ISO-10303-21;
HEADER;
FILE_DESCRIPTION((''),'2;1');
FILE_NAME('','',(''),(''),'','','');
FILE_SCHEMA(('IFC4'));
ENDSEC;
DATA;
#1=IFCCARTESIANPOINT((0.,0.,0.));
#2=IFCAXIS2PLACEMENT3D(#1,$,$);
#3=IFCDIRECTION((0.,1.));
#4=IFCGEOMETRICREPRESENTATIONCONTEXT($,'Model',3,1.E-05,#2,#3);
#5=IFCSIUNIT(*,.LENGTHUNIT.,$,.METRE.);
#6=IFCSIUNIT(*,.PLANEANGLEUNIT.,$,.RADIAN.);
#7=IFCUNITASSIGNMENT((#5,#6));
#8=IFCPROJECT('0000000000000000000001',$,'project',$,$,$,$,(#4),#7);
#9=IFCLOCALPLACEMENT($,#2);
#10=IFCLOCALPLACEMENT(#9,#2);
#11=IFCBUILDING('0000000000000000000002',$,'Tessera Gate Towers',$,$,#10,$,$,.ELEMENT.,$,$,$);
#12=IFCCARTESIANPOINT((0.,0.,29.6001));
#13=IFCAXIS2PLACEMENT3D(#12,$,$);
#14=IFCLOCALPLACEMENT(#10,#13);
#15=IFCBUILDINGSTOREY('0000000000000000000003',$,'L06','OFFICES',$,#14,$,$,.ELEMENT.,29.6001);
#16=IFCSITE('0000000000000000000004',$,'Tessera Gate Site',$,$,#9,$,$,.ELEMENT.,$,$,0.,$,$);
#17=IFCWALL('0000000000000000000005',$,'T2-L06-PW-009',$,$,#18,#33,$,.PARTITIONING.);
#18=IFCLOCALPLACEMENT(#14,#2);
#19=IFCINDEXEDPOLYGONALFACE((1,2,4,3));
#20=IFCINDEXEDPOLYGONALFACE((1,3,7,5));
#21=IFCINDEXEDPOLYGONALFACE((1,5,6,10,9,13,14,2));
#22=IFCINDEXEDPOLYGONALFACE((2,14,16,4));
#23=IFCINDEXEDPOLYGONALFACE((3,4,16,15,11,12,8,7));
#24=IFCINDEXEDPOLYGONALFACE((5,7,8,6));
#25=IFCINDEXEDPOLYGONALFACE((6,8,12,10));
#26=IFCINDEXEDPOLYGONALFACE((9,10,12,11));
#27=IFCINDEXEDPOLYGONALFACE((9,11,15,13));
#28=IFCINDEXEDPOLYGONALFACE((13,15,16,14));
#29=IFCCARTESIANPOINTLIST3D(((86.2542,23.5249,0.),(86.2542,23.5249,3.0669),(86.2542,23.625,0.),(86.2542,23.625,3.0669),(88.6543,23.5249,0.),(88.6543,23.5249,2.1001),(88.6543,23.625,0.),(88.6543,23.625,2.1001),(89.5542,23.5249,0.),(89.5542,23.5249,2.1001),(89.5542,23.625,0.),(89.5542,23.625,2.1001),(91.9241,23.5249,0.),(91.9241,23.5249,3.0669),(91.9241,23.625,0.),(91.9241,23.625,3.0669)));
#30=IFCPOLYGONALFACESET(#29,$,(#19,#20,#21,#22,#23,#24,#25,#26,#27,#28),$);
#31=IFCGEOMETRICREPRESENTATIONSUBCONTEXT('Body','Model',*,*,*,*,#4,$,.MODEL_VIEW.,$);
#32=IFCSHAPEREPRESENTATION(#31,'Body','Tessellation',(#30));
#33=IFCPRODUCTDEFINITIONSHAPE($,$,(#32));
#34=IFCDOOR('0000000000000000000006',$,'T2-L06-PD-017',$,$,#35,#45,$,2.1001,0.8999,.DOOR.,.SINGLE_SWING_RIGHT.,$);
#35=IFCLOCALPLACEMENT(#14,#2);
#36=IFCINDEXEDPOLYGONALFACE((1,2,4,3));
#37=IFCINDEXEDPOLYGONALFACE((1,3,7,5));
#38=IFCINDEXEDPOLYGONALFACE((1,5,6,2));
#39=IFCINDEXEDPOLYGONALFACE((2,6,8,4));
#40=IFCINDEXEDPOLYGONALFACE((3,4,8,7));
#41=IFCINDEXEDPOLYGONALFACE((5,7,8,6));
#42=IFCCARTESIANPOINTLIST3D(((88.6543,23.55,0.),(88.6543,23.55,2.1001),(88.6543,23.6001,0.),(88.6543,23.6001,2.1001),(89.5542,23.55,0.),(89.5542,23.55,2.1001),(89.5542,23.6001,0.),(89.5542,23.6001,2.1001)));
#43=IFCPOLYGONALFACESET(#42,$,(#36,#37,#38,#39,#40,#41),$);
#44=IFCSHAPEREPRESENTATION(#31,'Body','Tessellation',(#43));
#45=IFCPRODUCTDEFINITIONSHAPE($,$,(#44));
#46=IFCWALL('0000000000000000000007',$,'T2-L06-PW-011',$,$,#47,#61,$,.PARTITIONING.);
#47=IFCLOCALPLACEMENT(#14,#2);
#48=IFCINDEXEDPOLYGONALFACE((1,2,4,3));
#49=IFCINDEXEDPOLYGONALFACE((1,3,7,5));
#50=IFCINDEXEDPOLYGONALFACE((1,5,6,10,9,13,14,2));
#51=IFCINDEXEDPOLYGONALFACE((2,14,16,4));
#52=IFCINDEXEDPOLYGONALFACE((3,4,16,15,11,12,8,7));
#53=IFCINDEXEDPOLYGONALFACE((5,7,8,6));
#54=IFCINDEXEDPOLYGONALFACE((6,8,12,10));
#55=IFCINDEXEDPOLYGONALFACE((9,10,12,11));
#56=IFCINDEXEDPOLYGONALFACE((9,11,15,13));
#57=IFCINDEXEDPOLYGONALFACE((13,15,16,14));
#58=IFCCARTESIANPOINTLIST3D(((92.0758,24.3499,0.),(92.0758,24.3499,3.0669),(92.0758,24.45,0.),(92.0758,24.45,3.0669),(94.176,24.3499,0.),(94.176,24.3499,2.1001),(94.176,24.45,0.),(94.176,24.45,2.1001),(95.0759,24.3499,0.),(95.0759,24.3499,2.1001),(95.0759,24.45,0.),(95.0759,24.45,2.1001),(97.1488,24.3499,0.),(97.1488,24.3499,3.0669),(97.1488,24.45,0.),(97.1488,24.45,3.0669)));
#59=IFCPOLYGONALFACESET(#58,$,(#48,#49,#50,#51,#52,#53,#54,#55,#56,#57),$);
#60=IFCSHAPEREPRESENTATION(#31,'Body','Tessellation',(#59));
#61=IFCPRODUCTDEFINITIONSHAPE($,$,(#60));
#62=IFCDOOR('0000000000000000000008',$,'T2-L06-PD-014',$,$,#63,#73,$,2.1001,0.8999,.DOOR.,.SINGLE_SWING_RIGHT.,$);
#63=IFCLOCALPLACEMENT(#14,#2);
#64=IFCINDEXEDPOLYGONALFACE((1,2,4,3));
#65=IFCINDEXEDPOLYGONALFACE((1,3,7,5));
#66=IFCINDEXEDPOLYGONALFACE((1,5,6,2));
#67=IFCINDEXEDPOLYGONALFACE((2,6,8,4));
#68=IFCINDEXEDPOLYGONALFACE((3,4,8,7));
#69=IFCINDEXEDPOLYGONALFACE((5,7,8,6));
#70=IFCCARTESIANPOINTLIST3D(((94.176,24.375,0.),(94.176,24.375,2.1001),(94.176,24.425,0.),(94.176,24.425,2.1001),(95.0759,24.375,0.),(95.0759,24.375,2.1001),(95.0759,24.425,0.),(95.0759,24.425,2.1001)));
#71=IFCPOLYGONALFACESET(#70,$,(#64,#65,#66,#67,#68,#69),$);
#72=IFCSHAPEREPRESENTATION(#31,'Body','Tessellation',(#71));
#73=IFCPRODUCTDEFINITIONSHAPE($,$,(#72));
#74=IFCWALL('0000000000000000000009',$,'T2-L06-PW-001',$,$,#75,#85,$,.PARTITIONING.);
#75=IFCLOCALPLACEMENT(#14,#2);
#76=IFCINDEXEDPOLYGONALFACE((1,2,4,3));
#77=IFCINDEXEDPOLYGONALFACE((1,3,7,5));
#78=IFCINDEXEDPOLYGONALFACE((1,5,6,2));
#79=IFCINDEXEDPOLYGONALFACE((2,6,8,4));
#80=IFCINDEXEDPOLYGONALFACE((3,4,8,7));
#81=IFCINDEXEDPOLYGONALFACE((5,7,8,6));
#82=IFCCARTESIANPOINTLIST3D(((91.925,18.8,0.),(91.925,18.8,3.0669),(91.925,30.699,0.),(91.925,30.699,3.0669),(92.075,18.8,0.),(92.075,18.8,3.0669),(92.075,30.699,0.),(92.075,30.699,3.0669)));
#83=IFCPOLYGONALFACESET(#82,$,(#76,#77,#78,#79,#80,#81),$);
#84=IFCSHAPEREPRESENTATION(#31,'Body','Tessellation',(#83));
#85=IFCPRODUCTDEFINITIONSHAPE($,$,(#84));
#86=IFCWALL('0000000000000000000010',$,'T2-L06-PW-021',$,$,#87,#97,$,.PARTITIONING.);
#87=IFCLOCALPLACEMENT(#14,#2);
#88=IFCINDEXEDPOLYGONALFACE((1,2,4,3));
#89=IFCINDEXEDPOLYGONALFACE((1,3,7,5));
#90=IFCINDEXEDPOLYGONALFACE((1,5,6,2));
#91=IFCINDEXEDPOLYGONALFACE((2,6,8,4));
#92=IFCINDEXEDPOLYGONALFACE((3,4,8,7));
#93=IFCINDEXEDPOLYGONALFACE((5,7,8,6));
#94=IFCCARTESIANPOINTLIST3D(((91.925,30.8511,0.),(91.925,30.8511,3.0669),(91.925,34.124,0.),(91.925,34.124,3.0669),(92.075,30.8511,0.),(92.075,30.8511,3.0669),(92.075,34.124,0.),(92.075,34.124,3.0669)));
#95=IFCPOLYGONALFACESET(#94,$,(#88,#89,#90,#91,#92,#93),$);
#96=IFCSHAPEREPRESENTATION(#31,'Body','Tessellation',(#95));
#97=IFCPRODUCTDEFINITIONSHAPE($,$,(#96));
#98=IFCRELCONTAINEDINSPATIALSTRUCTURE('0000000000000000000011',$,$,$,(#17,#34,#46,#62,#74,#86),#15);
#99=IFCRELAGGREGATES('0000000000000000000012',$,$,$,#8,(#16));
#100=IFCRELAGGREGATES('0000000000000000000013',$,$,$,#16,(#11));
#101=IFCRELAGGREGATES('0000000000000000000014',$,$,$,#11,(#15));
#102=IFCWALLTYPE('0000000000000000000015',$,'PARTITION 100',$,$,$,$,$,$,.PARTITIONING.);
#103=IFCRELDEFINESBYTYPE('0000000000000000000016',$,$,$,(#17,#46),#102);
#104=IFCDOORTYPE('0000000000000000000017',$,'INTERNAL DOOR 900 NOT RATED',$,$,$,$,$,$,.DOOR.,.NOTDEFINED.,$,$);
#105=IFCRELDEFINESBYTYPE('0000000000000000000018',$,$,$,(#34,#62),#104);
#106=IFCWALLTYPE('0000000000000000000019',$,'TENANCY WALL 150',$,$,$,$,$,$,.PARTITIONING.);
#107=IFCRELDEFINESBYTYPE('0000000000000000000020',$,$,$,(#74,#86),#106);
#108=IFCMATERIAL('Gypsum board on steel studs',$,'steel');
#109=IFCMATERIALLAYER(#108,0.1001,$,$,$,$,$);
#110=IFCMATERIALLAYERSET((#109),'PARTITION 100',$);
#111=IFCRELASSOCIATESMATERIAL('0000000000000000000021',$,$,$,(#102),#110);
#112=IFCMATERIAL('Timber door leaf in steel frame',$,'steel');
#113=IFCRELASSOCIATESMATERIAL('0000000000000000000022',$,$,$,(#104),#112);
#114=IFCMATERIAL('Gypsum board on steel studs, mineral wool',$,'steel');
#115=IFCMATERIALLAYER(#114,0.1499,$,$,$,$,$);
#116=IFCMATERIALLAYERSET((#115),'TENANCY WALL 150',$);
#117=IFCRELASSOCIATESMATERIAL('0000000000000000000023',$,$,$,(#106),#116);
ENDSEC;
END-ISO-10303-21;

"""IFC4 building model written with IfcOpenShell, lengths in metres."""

from ifc_helpers import new_model, si_unit, direction, frame, frame_2d, origin, place, context, subcontext, project, spatial, rectangle, extrude, source, transform, mapped, material, layer, layer_set, type_object, element, fill, save


model = new_model("IFC4")

# Units and contexts
model_context = context("Model", 3, precision=1e-05, world=origin(), true_north=direction((0.0, 1.0)))
body_context = subcontext(model_context, "Body", "Model", "MODEL_VIEW")
ifc_project = project(units=[si_unit("LENGTHUNIT", "METRE"), si_unit("PLANEANGLEUNIT", "RADIAN")], contexts=[model_context])

# Site, building, storey
site_placement = place(None, origin())
site = spatial("IfcSite", under=ifc_project, at=site_placement, Name="Tessera Gate Site", CompositionType="ELEMENT", RefElevation=0.0)
building_placement = place(site_placement, origin())
building = spatial("IfcBuilding", under=site, at=building_placement, Name="Tessera Gate Towers", CompositionType="ELEMENT")
storey_placement = place(building_placement, frame((0.0, 0.0, 29.6001)))
storey = spatial("IfcBuildingStorey", under=building, at=storey_placement, Name="L06", Description="OFFICES", CompositionType="ELEMENT", Elevation=29.6001)

# Shared definitions
ifc_material_1 = material(Name="Gypsum board on steel studs", Category="steel")
ifc_layer_1 = layer(ifc_material_1, 0.1001)
ifc_layer_set_1 = layer_set([ifc_layer_1], Name="PARTITION 100")
wall_type_1 = type_object("IfcWallType", Name="PARTITION 100", PredefinedType="PARTITIONING", material=ifc_layer_set_1)

# Walls, openings, doors
wall_1_placement = place(storey_placement, frame((91.9241, 23.575, 0.0), z_axis=(0.0, 0.0, 1.0), x_axis=(-1.0, 0.0, 0.0)))
wall_1 = element("IfcWall", 1, at=wall_1_placement, inside=storey, type_object=wall_type_1, Name="T2-L06-PW-009", PredefinedType="PARTITIONING", context=body_context, shape_type="SweptSolid", body=[
    extrude(rectangle(XDim=5.6699, YDim=0.1001, at=frame_2d((2.835, 0.0))), origin(), (0.0, 0.0, 1.0), 3.0669),
])
shared_shape_1 = source(origin(), body_context, "Body", "SweptSolid", [
    extrude(rectangle(XDim=0.8999, YDim=2.1001, at=frame_2d((0.45, 1.05))), frame((0.0, 0.0601, 0.0), z_axis=(0.0, -1.0, 0.0), x_axis=(1.0, 0.0, 0.0)), (0.0, 0.0, 1.0), 0.1201),
])
opening_1_placement = place(wall_1_placement, frame((2.3699, 0.0, 0.0)))
opening_1 = element("IfcOpeningElement", 2, at=opening_1_placement, cuts=wall_1, PredefinedType="OPENING", context=body_context, shape_type="MappedRepresentation", body=[
    mapped(shared_shape_1, transform((0.0, 0.0, 0.0), scale=1.0)),
])
ifc_material_2 = material(Name="Timber door leaf in steel frame", Category="steel")
door_type = type_object("IfcDoorType", Name="INTERNAL DOOR 900 NOT RATED", OperationType="NOTDEFINED", PredefinedType="DOOR", material=ifc_material_2)
shared_shape_2 = source(origin(), body_context, "Body", "SweptSolid", [
    extrude(rectangle(XDim=0.8999, YDim=2.1001, at=frame_2d((0.45, 1.05))), frame((0.0, 0.0249, 0.0), z_axis=(0.0, -1.0, 0.0), x_axis=(1.0, 0.0, 0.0)), (0.0, 0.0, 1.0), 0.05),
])
door_1_placement = place(opening_1_placement, origin())
door_1 = element("IfcDoor", 3, at=door_1_placement, inside=storey, type_object=door_type, Name="T2-L06-PD-017", OperationType="SINGLE_SWING_RIGHT", OverallHeight=2.1001, OverallWidth=0.8999, PredefinedType="DOOR", context=body_context, shape_type="MappedRepresentation", body=[
    mapped(shared_shape_2, transform((0.0, 0.0, 0.0), scale=1.0)),
])
fill(opening_1, door_1)
wall_2_placement = place(storey_placement, frame((97.1489, 24.3999, 0.0), z_axis=(0.0, 0.0, 1.0), x_axis=(-1.0, 0.0, 0.0)))
wall_2 = element("IfcWall", 4, at=wall_2_placement, inside=storey, type_object=wall_type_1, Name="T2-L06-PW-011", PredefinedType="PARTITIONING", context=body_context, shape_type="SweptSolid", body=[
    extrude(rectangle(XDim=5.073, YDim=0.1001, at=frame_2d((2.5366, 0.0))), origin(), (0.0, 0.0, 1.0), 3.0669),
])
opening_2_placement = place(wall_2_placement, frame((2.073, 0.0, 0.0)))
opening_2 = element("IfcOpeningElement", 5, at=opening_2_placement, cuts=wall_2, PredefinedType="OPENING", context=body_context, shape_type="MappedRepresentation", body=[
    mapped(shared_shape_1, transform((0.0, 0.0, 0.0), scale=1.0)),
])
door_2_placement = place(opening_2_placement, origin())
door_2 = element("IfcDoor", 6, at=door_2_placement, inside=storey, type_object=door_type, Name="T2-L06-PD-014", OperationType="SINGLE_SWING_RIGHT", OverallHeight=2.1001, OverallWidth=0.8999, PredefinedType="DOOR", context=body_context, shape_type="MappedRepresentation", body=[
    mapped(shared_shape_2, transform((0.0, 0.0, 0.0), scale=1.0)),
])
fill(opening_2, door_2)

# Walls
ifc_material_3 = material(Name="Gypsum board on steel studs, mineral wool", Category="steel")
ifc_layer_2 = layer(ifc_material_3, 0.1499)
ifc_layer_set_2 = layer_set([ifc_layer_2], Name="TENANCY WALL 150")
wall_type_2 = type_object("IfcWallType", Name="TENANCY WALL 150", PredefinedType="PARTITIONING", material=ifc_layer_set_2)
wall_3_placement = place(storey_placement, frame((92.0, 18.8, 0.0), z_axis=(0.0, 0.0, 1.0), x_axis=(0.0, 1.0, 0.0)))
element("IfcWall", 7, at=wall_3_placement, inside=storey, type_object=wall_type_2, Name="T2-L06-PW-001", PredefinedType="PARTITIONING", context=body_context, shape_type="SweptSolid", body=[
    extrude(rectangle(XDim=11.8989, YDim=0.1499, at=frame_2d((5.9495, 0.0))), origin(), (0.0, 0.0, 1.0), 3.0669),
])
wall_4_placement = place(storey_placement, frame((92.0, 30.8511, 0.0), z_axis=(0.0, 0.0, 1.0), x_axis=(0.0, 1.0, 0.0)))
element("IfcWall", 8, at=wall_4_placement, inside=storey, type_object=wall_type_2, Name="T2-L06-PW-021", PredefinedType="PARTITIONING", context=body_context, shape_type="SweptSolid", body=[
    extrude(rectangle(XDim=3.2729, YDim=0.1499, at=frame_2d((1.6365, 0.0))), origin(), (0.0, 0.0, 1.0), 3.0669),
])

save(model, "model.ifc")
